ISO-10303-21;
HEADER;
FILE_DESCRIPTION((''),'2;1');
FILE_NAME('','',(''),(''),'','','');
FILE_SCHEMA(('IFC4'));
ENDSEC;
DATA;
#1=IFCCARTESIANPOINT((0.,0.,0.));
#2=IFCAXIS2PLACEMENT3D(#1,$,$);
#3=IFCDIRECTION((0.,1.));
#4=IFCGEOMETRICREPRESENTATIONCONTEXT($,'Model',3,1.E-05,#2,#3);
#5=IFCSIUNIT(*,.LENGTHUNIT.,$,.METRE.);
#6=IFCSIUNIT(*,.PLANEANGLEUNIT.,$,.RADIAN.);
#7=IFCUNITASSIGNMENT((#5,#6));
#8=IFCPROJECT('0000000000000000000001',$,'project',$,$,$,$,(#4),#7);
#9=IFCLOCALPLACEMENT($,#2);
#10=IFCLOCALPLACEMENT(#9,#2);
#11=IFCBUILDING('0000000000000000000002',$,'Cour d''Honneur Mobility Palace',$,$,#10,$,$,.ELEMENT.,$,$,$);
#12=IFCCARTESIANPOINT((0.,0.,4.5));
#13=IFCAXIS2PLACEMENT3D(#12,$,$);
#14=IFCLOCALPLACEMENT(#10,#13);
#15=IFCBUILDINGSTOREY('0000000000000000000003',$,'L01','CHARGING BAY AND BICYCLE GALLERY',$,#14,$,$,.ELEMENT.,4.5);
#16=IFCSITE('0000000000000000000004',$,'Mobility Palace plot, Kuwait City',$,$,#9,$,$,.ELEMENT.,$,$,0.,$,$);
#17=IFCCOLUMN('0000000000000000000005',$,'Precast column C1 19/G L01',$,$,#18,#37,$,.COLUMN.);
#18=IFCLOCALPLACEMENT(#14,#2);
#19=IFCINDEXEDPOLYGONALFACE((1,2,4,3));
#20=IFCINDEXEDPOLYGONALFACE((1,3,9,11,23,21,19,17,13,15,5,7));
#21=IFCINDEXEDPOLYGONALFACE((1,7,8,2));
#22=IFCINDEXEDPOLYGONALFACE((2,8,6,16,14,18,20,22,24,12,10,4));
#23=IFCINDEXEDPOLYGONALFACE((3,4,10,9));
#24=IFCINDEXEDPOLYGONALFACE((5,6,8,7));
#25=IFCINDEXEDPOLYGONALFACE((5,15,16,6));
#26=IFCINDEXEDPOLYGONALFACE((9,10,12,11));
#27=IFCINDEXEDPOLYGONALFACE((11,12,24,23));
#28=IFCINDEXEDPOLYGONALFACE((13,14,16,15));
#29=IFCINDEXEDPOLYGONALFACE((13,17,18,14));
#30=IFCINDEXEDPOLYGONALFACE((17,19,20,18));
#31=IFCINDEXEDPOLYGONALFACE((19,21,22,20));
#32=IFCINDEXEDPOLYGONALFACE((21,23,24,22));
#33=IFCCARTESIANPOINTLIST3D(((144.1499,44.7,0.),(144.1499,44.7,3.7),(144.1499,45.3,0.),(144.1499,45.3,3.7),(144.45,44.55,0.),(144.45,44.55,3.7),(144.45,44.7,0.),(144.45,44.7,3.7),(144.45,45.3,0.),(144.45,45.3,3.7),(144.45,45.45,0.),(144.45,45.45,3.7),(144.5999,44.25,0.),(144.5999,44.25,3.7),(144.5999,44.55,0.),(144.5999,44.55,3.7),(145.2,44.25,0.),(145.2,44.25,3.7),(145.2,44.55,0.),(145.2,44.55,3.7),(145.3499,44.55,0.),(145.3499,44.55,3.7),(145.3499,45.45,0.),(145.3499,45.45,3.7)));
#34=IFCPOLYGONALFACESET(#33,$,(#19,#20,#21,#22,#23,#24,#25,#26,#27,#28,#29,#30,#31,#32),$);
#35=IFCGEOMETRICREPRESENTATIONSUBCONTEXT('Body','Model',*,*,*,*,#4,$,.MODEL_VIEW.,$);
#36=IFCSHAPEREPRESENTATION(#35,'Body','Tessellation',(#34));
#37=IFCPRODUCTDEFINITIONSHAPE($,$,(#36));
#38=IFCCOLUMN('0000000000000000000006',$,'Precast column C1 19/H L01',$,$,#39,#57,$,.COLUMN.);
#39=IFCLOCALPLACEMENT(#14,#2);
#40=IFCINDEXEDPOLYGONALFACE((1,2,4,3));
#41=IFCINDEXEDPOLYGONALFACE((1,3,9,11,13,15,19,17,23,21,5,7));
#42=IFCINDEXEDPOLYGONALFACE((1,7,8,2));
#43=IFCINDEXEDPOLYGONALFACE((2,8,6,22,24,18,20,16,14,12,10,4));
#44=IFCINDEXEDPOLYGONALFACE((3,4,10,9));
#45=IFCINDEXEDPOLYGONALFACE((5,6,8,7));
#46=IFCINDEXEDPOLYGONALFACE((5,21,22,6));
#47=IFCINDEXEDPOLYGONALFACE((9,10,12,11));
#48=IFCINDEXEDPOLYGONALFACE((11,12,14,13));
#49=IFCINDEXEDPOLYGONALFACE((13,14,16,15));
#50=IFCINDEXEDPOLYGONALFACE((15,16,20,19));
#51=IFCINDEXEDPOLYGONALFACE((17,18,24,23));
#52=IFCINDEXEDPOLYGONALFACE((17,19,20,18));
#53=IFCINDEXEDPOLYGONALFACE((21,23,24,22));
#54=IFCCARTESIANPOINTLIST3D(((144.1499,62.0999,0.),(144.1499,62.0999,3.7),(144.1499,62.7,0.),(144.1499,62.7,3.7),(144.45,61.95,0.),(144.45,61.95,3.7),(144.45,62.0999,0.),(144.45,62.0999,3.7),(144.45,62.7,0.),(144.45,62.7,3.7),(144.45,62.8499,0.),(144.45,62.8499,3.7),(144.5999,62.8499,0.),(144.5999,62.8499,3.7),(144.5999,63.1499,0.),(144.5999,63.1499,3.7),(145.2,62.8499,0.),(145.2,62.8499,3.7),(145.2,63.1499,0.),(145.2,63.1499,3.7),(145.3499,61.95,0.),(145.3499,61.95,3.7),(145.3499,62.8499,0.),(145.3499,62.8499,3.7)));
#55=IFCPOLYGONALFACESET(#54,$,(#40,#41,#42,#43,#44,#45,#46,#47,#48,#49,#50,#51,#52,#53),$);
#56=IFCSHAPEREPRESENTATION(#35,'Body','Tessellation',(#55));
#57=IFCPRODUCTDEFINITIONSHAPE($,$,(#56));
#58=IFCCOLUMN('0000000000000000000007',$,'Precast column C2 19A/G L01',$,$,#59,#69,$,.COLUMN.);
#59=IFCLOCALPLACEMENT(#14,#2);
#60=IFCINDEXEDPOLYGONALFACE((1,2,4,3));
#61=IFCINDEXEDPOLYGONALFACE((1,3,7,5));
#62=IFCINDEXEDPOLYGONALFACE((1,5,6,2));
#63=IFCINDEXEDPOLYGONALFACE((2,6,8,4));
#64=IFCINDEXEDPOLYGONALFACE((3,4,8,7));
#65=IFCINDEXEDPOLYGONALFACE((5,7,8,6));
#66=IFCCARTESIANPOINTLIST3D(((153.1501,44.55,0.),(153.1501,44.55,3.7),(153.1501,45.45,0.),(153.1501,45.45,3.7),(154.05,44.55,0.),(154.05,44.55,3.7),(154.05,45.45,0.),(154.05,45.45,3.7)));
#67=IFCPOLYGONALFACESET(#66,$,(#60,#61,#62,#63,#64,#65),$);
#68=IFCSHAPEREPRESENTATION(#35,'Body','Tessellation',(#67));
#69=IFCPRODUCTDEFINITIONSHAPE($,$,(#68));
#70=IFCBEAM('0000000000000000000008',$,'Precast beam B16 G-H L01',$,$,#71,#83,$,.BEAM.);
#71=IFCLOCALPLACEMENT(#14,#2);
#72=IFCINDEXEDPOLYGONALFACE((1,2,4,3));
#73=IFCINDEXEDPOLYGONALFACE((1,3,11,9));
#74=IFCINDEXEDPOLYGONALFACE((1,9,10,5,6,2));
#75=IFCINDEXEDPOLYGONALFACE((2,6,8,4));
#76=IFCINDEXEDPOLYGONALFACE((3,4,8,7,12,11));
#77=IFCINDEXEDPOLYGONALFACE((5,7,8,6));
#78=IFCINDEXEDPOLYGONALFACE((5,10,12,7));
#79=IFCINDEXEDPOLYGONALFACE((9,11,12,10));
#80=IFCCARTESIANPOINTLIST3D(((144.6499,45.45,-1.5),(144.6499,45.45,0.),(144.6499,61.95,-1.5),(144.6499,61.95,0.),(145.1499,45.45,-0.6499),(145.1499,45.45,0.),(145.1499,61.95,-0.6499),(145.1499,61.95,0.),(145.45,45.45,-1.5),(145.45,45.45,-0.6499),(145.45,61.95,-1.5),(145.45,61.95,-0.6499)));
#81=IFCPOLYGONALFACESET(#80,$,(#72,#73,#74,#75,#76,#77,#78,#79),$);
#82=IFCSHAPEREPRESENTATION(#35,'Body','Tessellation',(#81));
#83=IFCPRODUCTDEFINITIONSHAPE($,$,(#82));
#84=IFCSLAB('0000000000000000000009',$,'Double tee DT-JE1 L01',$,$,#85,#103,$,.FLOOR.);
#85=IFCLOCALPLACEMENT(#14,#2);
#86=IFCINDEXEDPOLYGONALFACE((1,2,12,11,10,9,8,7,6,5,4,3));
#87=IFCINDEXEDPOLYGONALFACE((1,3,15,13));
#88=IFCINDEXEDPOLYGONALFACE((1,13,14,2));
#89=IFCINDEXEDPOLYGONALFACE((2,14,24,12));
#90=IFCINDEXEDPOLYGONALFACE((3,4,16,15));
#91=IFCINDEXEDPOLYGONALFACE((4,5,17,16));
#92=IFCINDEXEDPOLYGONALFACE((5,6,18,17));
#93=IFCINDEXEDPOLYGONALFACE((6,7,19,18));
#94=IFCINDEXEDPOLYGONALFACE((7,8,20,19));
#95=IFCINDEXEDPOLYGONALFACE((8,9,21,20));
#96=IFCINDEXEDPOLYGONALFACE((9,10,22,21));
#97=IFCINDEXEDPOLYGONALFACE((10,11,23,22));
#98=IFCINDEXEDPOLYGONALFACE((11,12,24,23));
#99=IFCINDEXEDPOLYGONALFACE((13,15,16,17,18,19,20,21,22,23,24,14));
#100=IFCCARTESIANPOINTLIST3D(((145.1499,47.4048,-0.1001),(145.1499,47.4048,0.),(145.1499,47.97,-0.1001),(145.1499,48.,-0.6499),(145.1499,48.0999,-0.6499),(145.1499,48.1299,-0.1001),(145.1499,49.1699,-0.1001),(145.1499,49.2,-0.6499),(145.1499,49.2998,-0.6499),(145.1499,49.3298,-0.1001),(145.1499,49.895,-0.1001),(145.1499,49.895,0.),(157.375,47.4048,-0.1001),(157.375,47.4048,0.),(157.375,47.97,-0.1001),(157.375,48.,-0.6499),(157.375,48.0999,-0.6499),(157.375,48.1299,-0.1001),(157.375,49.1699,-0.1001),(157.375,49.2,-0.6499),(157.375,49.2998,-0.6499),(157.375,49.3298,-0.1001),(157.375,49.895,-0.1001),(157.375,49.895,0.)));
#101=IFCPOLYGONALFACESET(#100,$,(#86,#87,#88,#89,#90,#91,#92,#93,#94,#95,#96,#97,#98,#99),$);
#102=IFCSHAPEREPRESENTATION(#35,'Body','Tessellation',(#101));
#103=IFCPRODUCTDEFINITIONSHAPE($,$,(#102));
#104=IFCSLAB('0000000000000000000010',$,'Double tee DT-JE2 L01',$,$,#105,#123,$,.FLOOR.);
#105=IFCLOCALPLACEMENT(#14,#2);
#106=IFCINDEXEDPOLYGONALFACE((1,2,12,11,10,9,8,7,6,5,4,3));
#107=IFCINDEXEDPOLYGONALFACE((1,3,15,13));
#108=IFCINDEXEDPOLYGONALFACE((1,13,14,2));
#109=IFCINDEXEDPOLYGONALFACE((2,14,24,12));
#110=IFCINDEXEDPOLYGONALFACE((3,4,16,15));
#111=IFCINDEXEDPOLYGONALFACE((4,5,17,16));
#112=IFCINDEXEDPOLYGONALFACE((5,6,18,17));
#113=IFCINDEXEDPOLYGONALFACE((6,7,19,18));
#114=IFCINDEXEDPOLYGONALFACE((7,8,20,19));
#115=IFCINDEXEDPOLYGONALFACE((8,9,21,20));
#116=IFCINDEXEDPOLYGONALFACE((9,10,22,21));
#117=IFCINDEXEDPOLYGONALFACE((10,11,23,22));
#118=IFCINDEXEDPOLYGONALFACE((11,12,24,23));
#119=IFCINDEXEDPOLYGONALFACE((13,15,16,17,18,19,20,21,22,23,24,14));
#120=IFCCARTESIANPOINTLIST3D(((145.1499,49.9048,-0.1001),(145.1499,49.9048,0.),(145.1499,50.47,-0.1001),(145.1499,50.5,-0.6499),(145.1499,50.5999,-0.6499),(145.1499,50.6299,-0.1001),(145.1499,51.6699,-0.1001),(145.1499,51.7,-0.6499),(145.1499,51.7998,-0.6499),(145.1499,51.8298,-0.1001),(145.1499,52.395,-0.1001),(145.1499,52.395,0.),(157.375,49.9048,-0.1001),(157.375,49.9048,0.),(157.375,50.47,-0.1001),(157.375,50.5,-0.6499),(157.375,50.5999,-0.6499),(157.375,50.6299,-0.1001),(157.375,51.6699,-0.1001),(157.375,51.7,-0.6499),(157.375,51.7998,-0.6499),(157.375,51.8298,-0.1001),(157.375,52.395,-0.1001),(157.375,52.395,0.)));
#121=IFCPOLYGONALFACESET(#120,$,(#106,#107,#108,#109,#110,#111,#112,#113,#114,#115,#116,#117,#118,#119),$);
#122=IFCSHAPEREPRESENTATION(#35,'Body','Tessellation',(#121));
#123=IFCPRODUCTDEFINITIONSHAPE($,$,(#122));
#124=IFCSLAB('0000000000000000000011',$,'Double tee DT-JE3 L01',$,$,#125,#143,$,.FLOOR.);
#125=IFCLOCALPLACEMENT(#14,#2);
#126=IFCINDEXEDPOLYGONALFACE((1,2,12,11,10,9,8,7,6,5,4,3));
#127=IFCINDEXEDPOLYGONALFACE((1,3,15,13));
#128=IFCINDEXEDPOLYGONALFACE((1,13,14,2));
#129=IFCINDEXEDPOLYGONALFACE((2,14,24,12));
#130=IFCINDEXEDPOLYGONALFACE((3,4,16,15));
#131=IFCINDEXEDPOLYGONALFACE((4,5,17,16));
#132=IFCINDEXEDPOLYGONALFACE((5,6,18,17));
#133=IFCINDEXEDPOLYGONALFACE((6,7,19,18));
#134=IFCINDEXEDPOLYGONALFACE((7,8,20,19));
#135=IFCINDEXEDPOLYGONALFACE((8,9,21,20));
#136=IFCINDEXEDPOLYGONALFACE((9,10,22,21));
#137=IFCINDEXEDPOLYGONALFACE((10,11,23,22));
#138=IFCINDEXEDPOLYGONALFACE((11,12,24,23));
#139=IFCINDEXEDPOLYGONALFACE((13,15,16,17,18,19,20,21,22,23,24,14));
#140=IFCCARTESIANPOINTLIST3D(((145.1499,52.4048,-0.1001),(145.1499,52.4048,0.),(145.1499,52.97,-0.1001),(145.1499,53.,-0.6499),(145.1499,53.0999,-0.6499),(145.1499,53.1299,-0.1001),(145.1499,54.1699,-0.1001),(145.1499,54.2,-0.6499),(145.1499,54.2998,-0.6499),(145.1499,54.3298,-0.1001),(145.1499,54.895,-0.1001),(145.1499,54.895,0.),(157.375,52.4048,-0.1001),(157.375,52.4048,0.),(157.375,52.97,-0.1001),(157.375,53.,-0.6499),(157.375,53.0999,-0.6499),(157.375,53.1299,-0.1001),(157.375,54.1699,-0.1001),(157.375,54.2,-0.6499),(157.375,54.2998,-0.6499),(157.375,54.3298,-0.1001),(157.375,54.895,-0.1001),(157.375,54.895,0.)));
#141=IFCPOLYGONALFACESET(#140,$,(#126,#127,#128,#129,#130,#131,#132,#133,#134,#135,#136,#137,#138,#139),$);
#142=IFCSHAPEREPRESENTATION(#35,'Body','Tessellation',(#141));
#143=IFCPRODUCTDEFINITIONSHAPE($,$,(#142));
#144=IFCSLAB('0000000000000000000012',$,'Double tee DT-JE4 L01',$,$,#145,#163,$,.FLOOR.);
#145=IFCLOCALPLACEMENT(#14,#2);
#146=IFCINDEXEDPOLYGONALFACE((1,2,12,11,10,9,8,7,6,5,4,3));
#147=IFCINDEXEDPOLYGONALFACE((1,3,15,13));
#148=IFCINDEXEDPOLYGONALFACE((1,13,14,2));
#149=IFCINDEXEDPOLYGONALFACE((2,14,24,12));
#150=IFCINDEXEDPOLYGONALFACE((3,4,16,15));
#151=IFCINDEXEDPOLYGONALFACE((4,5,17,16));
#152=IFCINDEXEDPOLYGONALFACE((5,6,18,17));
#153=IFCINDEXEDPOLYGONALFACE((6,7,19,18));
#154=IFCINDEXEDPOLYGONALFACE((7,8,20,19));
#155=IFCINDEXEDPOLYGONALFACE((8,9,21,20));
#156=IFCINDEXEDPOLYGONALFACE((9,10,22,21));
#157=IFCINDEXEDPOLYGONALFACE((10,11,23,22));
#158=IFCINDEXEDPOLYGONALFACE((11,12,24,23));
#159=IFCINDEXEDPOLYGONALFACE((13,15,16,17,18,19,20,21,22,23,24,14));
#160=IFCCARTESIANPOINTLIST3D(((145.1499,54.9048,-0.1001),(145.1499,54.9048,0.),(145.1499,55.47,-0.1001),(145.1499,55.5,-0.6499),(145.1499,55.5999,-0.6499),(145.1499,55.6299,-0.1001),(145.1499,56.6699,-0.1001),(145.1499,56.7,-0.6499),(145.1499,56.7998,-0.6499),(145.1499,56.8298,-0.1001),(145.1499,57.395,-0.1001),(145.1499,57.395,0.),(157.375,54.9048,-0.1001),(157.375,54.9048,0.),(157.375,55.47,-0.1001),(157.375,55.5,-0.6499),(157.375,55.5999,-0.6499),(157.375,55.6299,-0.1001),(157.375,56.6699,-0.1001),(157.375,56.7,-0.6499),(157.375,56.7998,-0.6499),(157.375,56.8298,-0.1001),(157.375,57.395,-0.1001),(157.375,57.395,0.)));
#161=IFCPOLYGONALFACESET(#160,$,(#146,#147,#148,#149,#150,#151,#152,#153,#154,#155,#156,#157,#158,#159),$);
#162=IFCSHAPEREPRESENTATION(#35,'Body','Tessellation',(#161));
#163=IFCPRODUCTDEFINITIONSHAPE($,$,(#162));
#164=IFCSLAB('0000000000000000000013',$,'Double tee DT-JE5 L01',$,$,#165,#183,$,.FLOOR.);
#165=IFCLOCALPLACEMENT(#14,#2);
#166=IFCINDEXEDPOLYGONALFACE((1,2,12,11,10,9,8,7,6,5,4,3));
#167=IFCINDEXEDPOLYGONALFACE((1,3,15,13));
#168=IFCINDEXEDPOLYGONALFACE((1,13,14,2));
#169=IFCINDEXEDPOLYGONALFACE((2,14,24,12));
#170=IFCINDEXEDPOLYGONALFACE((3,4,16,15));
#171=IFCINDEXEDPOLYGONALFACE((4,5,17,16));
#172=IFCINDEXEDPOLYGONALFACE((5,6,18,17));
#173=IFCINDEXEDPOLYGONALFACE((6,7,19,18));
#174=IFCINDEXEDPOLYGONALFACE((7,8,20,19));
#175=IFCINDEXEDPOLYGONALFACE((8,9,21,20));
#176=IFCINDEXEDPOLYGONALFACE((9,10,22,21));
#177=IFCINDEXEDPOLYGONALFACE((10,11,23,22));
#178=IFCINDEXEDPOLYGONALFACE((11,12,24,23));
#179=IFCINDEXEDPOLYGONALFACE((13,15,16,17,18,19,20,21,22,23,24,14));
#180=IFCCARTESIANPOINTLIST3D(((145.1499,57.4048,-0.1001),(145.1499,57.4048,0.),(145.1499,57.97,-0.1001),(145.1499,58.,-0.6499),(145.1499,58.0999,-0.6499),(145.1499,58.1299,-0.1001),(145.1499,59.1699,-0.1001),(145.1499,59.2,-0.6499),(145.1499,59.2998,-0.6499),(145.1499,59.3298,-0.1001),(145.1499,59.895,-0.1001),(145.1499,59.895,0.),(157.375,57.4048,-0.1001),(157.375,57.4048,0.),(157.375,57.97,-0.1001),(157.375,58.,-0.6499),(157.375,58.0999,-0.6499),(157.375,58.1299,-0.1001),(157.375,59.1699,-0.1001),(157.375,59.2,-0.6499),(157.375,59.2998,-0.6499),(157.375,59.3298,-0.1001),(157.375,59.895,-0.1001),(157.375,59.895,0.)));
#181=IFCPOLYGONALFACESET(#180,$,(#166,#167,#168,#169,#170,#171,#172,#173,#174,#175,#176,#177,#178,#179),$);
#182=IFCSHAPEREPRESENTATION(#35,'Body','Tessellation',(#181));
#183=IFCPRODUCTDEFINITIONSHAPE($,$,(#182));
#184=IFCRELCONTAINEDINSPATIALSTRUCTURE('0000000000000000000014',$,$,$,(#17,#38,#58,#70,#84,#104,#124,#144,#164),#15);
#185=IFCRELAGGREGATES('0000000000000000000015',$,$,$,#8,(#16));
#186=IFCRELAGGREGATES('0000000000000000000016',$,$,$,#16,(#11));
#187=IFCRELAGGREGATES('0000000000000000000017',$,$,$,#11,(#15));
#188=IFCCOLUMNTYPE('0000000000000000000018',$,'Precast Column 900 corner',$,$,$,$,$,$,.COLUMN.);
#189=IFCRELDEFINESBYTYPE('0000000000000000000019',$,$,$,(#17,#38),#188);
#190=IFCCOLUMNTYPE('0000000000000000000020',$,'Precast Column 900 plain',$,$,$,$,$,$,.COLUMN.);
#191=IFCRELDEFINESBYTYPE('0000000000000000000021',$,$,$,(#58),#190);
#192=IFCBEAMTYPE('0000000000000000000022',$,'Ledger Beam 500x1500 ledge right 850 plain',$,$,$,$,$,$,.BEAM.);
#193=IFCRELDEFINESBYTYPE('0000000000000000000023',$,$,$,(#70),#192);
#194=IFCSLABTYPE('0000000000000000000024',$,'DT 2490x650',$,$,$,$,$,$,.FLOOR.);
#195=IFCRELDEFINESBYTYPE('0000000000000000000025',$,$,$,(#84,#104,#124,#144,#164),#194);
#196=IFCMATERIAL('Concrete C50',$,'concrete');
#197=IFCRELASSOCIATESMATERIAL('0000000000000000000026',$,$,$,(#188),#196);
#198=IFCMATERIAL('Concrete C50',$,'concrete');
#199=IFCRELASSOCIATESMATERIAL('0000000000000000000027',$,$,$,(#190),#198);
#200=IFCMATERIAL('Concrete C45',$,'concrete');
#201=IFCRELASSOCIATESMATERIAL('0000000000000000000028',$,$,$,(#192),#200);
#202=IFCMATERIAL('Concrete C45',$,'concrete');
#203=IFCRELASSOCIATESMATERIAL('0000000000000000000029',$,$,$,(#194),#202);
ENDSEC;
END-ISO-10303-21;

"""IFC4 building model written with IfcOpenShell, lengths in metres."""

from ifc_helpers import new_model, si_unit, direction, frame, origin, place, context, subcontext, project, spatial, polyline, outline, extrude, material, material_profile, profile_set, type_object, element, save


model = new_model("IFC4")

# Units and contexts
model_context = context("Model", 3, precision=1e-05, world=origin(), true_north=direction((0.0, 1.0)))
body_context = subcontext(model_context, "Body", "Model", "MODEL_VIEW")
ifc_project = project(units=[si_unit("LENGTHUNIT", "METRE"), si_unit("PLANEANGLEUNIT", "RADIAN")], contexts=[model_context])

# Site, building, storey
site_placement = place(None, origin())
site = spatial("IfcSite", under=ifc_project, at=site_placement, Name="Mobility Palace plot, Kuwait City", CompositionType="ELEMENT", RefElevation=0.0)
building_placement = place(site_placement, origin())
building = spatial("IfcBuilding", under=site, at=building_placement, Name="Cour d'Honneur Mobility Palace", CompositionType="ELEMENT")
storey_placement = place(building_placement, frame((0.0, 0.0, 4.5)))
storey = spatial("IfcBuildingStorey", under=building, at=storey_placement, Name="L01", Description="CHARGING BAY AND BICYCLE GALLERY", CompositionType="ELEMENT", Elevation=4.5)

# Columns
ifc_material_1 = material(Name="Concrete C50", Category="concrete")
ifc_material_profile_1 = material_profile(ifc_material_1, outline(polyline([(-0.45, -0.45), (0.45, -0.45), (0.45, -0.3), (0.75, -0.3), (0.75, 0.3), (0.45, 0.3), (0.45, 0.45), (0.3, 0.45), (0.3, 0.75), (-0.3, 0.75), (-0.3, 0.45), (-0.45, 0.45), (-0.45, -0.45)])), Name="PC C900 corner")
ifc_profile_set_1 = profile_set([ifc_material_profile_1], Name="Concrete C50")
column_type_1 = type_object("IfcColumnType", Name="Precast Column 900 corner", PredefinedType="COLUMN", material=ifc_profile_set_1)
for number, where, z_axis, x_axis, name in (
    (1, (144.8999, 45.0, 0.0), (0.0, 0.0, 1.0), (-1.0, 0.0, 0.0), "Precast column C1 19/G L01"),
    (2, (144.8999, 62.3999, 0.0), (0.0, 0.0, 1.0), (0.0, 1.0, 0.0), "Precast column C1 19/H L01"),
):
    element("IfcColumn", number, at=place(storey_placement, frame(where, z_axis=z_axis, x_axis=x_axis)), inside=storey, type_object=column_type_1, Name=name, PredefinedType="COLUMN", context=body_context, shape_type="SweptSolid", body=[
        extrude(outline(polyline([(-0.45, -0.45), (0.45, -0.45), (0.45, -0.3), (0.75, -0.3), (0.75, 0.3), (0.45, 0.3), (0.45, 0.45), (0.3, 0.45), (0.3, 0.75), (-0.3, 0.75), (-0.3, 0.45), (-0.45, 0.45), (-0.45, -0.45)])), origin(), (0.0, 0.0, 1.0), 3.7),
    ])
ifc_material_2 = material(Name="Concrete C50", Category="concrete")
ifc_material_profile_2 = material_profile(ifc_material_2, outline(polyline([(-0.45, -0.45), (0.45, -0.45), (0.45, 0.45), (-0.45, 0.45), (-0.45, -0.45)])), Name="PC C900 plain")
ifc_profile_set_2 = profile_set([ifc_material_profile_2], Name="Concrete C50")
column_type_2 = type_object("IfcColumnType", Name="Precast Column 900 plain", PredefinedType="COLUMN", material=ifc_profile_set_2)
column_placement = place(storey_placement, frame((153.6001, 45.0, 0.0), z_axis=(0.0, 0.0, 1.0), x_axis=(1.0, 0.0, 0.0)))
element("IfcColumn", 3, at=column_placement, inside=storey, type_object=column_type_2, Name="Precast column C2 19A/G L01", PredefinedType="COLUMN", context=body_context, shape_type="SweptSolid", body=[
    extrude(outline(polyline([(-0.45, -0.45), (0.45, -0.45), (0.45, 0.45), (-0.45, 0.45), (-0.45, -0.45)])), origin(), (0.0, 0.0, 1.0), 3.7),
])

# Beam
ifc_material_3 = material(Name="Concrete C45", Category="concrete")
ifc_material_profile_3 = material_profile(ifc_material_3, outline(polyline([(0.25, -1.5), (0.25, 0.0), (-0.25, 0.0), (-0.25, -0.6499), (-0.55, -0.6499), (-0.55, -1.5), (0.25, -1.5)])), Name="Ledger Beam 500x1500 ledge right 850 plain")
ifc_profile_set_3 = profile_set([ifc_material_profile_3], Name="Concrete C45")
beam_type = type_object("IfcBeamType", Name="Ledger Beam 500x1500 ledge right 850 plain", PredefinedType="BEAM", material=ifc_profile_set_3)
beam_placement = place(storey_placement, frame((144.8999, 45.45, 0.0), z_axis=(0.0, 1.0, 0.0), x_axis=(-1.0, 0.0, 0.0)))
element("IfcBeam", 4, at=beam_placement, inside=storey, type_object=beam_type, Name="Precast beam B16 G-H L01", PredefinedType="BEAM", context=body_context, shape_type="SweptSolid", body=[
    extrude(outline(polyline([(0.25, -1.5), (0.25, 0.0), (-0.25, 0.0), (-0.25, -0.6499), (-0.55, -0.6499), (-0.55, -1.5), (0.25, -1.5)])), origin(), (0.0, 0.0, 1.0), 16.5),
])

# Slabs
ifc_material_4 = material(Name="Concrete C45", Category="concrete")
ifc_material_profile_4 = material_profile(ifc_material_4, outline(polyline([(-1.2451, 0.0), (1.2451, 0.0), (1.2451, -0.1001), (0.6799, -0.1001), (0.6499, -0.6499), (0.55, -0.6499), (0.52, -0.1001), (-0.52, -0.1001), (-0.55, -0.6499), (-0.6499, -0.6499), (-0.6799, -0.1001), (-1.2451, -0.1001), (-1.2451, 0.0)])), Name="DT 2490x650")
ifc_profile_set_4 = profile_set([ifc_material_profile_4], Name="Concrete C45")
slab_type = type_object("IfcSlabType", Name="DT 2490x650", PredefinedType="FLOOR", material=ifc_profile_set_4)
for number, where, z_axis, x_axis, name in (
    (5, (145.1499, 48.6499, 0.0), (1.0, 0.0, 0.0), (0.0, 1.0, 0.0), "Double tee DT-JE1 L01"),
    (6, (145.1499, 51.1499, 0.0), (1.0, 0.0, 0.0), (0.0, 1.0, 0.0), "Double tee DT-JE2 L01"),
    (7, (145.1499, 53.6499, 0.0), (1.0, 0.0, 0.0), (0.0, 1.0, 0.0), "Double tee DT-JE3 L01"),
    (8, (145.1499, 56.1499, 0.0), (1.0, 0.0, 0.0), (0.0, 1.0, 0.0), "Double tee DT-JE4 L01"),
    (9, (145.1499, 58.6499, 0.0), (1.0, 0.0, 0.0), (0.0, 1.0, 0.0), "Double tee DT-JE5 L01"),
):
    element("IfcSlab", number, at=place(storey_placement, frame(where, z_axis=z_axis, x_axis=x_axis)), inside=storey, type_object=slab_type, Name=name, PredefinedType="FLOOR", context=body_context, shape_type="SweptSolid", body=[
        extrude(outline(polyline([(-1.2451, 0.0), (1.2451, 0.0), (1.2451, -0.1001), (0.6799, -0.1001), (0.6499, -0.6499), (0.55, -0.6499), (0.52, -0.1001), (-0.52, -0.1001), (-0.55, -0.6499), (-0.6499, -0.6499), (-0.6799, -0.1001), (-1.2451, -0.1001), (-1.2451, 0.0)])), origin(), (0.0, 0.0, 1.0), 12.2251),
    ])

save(model, "model.ifc")
